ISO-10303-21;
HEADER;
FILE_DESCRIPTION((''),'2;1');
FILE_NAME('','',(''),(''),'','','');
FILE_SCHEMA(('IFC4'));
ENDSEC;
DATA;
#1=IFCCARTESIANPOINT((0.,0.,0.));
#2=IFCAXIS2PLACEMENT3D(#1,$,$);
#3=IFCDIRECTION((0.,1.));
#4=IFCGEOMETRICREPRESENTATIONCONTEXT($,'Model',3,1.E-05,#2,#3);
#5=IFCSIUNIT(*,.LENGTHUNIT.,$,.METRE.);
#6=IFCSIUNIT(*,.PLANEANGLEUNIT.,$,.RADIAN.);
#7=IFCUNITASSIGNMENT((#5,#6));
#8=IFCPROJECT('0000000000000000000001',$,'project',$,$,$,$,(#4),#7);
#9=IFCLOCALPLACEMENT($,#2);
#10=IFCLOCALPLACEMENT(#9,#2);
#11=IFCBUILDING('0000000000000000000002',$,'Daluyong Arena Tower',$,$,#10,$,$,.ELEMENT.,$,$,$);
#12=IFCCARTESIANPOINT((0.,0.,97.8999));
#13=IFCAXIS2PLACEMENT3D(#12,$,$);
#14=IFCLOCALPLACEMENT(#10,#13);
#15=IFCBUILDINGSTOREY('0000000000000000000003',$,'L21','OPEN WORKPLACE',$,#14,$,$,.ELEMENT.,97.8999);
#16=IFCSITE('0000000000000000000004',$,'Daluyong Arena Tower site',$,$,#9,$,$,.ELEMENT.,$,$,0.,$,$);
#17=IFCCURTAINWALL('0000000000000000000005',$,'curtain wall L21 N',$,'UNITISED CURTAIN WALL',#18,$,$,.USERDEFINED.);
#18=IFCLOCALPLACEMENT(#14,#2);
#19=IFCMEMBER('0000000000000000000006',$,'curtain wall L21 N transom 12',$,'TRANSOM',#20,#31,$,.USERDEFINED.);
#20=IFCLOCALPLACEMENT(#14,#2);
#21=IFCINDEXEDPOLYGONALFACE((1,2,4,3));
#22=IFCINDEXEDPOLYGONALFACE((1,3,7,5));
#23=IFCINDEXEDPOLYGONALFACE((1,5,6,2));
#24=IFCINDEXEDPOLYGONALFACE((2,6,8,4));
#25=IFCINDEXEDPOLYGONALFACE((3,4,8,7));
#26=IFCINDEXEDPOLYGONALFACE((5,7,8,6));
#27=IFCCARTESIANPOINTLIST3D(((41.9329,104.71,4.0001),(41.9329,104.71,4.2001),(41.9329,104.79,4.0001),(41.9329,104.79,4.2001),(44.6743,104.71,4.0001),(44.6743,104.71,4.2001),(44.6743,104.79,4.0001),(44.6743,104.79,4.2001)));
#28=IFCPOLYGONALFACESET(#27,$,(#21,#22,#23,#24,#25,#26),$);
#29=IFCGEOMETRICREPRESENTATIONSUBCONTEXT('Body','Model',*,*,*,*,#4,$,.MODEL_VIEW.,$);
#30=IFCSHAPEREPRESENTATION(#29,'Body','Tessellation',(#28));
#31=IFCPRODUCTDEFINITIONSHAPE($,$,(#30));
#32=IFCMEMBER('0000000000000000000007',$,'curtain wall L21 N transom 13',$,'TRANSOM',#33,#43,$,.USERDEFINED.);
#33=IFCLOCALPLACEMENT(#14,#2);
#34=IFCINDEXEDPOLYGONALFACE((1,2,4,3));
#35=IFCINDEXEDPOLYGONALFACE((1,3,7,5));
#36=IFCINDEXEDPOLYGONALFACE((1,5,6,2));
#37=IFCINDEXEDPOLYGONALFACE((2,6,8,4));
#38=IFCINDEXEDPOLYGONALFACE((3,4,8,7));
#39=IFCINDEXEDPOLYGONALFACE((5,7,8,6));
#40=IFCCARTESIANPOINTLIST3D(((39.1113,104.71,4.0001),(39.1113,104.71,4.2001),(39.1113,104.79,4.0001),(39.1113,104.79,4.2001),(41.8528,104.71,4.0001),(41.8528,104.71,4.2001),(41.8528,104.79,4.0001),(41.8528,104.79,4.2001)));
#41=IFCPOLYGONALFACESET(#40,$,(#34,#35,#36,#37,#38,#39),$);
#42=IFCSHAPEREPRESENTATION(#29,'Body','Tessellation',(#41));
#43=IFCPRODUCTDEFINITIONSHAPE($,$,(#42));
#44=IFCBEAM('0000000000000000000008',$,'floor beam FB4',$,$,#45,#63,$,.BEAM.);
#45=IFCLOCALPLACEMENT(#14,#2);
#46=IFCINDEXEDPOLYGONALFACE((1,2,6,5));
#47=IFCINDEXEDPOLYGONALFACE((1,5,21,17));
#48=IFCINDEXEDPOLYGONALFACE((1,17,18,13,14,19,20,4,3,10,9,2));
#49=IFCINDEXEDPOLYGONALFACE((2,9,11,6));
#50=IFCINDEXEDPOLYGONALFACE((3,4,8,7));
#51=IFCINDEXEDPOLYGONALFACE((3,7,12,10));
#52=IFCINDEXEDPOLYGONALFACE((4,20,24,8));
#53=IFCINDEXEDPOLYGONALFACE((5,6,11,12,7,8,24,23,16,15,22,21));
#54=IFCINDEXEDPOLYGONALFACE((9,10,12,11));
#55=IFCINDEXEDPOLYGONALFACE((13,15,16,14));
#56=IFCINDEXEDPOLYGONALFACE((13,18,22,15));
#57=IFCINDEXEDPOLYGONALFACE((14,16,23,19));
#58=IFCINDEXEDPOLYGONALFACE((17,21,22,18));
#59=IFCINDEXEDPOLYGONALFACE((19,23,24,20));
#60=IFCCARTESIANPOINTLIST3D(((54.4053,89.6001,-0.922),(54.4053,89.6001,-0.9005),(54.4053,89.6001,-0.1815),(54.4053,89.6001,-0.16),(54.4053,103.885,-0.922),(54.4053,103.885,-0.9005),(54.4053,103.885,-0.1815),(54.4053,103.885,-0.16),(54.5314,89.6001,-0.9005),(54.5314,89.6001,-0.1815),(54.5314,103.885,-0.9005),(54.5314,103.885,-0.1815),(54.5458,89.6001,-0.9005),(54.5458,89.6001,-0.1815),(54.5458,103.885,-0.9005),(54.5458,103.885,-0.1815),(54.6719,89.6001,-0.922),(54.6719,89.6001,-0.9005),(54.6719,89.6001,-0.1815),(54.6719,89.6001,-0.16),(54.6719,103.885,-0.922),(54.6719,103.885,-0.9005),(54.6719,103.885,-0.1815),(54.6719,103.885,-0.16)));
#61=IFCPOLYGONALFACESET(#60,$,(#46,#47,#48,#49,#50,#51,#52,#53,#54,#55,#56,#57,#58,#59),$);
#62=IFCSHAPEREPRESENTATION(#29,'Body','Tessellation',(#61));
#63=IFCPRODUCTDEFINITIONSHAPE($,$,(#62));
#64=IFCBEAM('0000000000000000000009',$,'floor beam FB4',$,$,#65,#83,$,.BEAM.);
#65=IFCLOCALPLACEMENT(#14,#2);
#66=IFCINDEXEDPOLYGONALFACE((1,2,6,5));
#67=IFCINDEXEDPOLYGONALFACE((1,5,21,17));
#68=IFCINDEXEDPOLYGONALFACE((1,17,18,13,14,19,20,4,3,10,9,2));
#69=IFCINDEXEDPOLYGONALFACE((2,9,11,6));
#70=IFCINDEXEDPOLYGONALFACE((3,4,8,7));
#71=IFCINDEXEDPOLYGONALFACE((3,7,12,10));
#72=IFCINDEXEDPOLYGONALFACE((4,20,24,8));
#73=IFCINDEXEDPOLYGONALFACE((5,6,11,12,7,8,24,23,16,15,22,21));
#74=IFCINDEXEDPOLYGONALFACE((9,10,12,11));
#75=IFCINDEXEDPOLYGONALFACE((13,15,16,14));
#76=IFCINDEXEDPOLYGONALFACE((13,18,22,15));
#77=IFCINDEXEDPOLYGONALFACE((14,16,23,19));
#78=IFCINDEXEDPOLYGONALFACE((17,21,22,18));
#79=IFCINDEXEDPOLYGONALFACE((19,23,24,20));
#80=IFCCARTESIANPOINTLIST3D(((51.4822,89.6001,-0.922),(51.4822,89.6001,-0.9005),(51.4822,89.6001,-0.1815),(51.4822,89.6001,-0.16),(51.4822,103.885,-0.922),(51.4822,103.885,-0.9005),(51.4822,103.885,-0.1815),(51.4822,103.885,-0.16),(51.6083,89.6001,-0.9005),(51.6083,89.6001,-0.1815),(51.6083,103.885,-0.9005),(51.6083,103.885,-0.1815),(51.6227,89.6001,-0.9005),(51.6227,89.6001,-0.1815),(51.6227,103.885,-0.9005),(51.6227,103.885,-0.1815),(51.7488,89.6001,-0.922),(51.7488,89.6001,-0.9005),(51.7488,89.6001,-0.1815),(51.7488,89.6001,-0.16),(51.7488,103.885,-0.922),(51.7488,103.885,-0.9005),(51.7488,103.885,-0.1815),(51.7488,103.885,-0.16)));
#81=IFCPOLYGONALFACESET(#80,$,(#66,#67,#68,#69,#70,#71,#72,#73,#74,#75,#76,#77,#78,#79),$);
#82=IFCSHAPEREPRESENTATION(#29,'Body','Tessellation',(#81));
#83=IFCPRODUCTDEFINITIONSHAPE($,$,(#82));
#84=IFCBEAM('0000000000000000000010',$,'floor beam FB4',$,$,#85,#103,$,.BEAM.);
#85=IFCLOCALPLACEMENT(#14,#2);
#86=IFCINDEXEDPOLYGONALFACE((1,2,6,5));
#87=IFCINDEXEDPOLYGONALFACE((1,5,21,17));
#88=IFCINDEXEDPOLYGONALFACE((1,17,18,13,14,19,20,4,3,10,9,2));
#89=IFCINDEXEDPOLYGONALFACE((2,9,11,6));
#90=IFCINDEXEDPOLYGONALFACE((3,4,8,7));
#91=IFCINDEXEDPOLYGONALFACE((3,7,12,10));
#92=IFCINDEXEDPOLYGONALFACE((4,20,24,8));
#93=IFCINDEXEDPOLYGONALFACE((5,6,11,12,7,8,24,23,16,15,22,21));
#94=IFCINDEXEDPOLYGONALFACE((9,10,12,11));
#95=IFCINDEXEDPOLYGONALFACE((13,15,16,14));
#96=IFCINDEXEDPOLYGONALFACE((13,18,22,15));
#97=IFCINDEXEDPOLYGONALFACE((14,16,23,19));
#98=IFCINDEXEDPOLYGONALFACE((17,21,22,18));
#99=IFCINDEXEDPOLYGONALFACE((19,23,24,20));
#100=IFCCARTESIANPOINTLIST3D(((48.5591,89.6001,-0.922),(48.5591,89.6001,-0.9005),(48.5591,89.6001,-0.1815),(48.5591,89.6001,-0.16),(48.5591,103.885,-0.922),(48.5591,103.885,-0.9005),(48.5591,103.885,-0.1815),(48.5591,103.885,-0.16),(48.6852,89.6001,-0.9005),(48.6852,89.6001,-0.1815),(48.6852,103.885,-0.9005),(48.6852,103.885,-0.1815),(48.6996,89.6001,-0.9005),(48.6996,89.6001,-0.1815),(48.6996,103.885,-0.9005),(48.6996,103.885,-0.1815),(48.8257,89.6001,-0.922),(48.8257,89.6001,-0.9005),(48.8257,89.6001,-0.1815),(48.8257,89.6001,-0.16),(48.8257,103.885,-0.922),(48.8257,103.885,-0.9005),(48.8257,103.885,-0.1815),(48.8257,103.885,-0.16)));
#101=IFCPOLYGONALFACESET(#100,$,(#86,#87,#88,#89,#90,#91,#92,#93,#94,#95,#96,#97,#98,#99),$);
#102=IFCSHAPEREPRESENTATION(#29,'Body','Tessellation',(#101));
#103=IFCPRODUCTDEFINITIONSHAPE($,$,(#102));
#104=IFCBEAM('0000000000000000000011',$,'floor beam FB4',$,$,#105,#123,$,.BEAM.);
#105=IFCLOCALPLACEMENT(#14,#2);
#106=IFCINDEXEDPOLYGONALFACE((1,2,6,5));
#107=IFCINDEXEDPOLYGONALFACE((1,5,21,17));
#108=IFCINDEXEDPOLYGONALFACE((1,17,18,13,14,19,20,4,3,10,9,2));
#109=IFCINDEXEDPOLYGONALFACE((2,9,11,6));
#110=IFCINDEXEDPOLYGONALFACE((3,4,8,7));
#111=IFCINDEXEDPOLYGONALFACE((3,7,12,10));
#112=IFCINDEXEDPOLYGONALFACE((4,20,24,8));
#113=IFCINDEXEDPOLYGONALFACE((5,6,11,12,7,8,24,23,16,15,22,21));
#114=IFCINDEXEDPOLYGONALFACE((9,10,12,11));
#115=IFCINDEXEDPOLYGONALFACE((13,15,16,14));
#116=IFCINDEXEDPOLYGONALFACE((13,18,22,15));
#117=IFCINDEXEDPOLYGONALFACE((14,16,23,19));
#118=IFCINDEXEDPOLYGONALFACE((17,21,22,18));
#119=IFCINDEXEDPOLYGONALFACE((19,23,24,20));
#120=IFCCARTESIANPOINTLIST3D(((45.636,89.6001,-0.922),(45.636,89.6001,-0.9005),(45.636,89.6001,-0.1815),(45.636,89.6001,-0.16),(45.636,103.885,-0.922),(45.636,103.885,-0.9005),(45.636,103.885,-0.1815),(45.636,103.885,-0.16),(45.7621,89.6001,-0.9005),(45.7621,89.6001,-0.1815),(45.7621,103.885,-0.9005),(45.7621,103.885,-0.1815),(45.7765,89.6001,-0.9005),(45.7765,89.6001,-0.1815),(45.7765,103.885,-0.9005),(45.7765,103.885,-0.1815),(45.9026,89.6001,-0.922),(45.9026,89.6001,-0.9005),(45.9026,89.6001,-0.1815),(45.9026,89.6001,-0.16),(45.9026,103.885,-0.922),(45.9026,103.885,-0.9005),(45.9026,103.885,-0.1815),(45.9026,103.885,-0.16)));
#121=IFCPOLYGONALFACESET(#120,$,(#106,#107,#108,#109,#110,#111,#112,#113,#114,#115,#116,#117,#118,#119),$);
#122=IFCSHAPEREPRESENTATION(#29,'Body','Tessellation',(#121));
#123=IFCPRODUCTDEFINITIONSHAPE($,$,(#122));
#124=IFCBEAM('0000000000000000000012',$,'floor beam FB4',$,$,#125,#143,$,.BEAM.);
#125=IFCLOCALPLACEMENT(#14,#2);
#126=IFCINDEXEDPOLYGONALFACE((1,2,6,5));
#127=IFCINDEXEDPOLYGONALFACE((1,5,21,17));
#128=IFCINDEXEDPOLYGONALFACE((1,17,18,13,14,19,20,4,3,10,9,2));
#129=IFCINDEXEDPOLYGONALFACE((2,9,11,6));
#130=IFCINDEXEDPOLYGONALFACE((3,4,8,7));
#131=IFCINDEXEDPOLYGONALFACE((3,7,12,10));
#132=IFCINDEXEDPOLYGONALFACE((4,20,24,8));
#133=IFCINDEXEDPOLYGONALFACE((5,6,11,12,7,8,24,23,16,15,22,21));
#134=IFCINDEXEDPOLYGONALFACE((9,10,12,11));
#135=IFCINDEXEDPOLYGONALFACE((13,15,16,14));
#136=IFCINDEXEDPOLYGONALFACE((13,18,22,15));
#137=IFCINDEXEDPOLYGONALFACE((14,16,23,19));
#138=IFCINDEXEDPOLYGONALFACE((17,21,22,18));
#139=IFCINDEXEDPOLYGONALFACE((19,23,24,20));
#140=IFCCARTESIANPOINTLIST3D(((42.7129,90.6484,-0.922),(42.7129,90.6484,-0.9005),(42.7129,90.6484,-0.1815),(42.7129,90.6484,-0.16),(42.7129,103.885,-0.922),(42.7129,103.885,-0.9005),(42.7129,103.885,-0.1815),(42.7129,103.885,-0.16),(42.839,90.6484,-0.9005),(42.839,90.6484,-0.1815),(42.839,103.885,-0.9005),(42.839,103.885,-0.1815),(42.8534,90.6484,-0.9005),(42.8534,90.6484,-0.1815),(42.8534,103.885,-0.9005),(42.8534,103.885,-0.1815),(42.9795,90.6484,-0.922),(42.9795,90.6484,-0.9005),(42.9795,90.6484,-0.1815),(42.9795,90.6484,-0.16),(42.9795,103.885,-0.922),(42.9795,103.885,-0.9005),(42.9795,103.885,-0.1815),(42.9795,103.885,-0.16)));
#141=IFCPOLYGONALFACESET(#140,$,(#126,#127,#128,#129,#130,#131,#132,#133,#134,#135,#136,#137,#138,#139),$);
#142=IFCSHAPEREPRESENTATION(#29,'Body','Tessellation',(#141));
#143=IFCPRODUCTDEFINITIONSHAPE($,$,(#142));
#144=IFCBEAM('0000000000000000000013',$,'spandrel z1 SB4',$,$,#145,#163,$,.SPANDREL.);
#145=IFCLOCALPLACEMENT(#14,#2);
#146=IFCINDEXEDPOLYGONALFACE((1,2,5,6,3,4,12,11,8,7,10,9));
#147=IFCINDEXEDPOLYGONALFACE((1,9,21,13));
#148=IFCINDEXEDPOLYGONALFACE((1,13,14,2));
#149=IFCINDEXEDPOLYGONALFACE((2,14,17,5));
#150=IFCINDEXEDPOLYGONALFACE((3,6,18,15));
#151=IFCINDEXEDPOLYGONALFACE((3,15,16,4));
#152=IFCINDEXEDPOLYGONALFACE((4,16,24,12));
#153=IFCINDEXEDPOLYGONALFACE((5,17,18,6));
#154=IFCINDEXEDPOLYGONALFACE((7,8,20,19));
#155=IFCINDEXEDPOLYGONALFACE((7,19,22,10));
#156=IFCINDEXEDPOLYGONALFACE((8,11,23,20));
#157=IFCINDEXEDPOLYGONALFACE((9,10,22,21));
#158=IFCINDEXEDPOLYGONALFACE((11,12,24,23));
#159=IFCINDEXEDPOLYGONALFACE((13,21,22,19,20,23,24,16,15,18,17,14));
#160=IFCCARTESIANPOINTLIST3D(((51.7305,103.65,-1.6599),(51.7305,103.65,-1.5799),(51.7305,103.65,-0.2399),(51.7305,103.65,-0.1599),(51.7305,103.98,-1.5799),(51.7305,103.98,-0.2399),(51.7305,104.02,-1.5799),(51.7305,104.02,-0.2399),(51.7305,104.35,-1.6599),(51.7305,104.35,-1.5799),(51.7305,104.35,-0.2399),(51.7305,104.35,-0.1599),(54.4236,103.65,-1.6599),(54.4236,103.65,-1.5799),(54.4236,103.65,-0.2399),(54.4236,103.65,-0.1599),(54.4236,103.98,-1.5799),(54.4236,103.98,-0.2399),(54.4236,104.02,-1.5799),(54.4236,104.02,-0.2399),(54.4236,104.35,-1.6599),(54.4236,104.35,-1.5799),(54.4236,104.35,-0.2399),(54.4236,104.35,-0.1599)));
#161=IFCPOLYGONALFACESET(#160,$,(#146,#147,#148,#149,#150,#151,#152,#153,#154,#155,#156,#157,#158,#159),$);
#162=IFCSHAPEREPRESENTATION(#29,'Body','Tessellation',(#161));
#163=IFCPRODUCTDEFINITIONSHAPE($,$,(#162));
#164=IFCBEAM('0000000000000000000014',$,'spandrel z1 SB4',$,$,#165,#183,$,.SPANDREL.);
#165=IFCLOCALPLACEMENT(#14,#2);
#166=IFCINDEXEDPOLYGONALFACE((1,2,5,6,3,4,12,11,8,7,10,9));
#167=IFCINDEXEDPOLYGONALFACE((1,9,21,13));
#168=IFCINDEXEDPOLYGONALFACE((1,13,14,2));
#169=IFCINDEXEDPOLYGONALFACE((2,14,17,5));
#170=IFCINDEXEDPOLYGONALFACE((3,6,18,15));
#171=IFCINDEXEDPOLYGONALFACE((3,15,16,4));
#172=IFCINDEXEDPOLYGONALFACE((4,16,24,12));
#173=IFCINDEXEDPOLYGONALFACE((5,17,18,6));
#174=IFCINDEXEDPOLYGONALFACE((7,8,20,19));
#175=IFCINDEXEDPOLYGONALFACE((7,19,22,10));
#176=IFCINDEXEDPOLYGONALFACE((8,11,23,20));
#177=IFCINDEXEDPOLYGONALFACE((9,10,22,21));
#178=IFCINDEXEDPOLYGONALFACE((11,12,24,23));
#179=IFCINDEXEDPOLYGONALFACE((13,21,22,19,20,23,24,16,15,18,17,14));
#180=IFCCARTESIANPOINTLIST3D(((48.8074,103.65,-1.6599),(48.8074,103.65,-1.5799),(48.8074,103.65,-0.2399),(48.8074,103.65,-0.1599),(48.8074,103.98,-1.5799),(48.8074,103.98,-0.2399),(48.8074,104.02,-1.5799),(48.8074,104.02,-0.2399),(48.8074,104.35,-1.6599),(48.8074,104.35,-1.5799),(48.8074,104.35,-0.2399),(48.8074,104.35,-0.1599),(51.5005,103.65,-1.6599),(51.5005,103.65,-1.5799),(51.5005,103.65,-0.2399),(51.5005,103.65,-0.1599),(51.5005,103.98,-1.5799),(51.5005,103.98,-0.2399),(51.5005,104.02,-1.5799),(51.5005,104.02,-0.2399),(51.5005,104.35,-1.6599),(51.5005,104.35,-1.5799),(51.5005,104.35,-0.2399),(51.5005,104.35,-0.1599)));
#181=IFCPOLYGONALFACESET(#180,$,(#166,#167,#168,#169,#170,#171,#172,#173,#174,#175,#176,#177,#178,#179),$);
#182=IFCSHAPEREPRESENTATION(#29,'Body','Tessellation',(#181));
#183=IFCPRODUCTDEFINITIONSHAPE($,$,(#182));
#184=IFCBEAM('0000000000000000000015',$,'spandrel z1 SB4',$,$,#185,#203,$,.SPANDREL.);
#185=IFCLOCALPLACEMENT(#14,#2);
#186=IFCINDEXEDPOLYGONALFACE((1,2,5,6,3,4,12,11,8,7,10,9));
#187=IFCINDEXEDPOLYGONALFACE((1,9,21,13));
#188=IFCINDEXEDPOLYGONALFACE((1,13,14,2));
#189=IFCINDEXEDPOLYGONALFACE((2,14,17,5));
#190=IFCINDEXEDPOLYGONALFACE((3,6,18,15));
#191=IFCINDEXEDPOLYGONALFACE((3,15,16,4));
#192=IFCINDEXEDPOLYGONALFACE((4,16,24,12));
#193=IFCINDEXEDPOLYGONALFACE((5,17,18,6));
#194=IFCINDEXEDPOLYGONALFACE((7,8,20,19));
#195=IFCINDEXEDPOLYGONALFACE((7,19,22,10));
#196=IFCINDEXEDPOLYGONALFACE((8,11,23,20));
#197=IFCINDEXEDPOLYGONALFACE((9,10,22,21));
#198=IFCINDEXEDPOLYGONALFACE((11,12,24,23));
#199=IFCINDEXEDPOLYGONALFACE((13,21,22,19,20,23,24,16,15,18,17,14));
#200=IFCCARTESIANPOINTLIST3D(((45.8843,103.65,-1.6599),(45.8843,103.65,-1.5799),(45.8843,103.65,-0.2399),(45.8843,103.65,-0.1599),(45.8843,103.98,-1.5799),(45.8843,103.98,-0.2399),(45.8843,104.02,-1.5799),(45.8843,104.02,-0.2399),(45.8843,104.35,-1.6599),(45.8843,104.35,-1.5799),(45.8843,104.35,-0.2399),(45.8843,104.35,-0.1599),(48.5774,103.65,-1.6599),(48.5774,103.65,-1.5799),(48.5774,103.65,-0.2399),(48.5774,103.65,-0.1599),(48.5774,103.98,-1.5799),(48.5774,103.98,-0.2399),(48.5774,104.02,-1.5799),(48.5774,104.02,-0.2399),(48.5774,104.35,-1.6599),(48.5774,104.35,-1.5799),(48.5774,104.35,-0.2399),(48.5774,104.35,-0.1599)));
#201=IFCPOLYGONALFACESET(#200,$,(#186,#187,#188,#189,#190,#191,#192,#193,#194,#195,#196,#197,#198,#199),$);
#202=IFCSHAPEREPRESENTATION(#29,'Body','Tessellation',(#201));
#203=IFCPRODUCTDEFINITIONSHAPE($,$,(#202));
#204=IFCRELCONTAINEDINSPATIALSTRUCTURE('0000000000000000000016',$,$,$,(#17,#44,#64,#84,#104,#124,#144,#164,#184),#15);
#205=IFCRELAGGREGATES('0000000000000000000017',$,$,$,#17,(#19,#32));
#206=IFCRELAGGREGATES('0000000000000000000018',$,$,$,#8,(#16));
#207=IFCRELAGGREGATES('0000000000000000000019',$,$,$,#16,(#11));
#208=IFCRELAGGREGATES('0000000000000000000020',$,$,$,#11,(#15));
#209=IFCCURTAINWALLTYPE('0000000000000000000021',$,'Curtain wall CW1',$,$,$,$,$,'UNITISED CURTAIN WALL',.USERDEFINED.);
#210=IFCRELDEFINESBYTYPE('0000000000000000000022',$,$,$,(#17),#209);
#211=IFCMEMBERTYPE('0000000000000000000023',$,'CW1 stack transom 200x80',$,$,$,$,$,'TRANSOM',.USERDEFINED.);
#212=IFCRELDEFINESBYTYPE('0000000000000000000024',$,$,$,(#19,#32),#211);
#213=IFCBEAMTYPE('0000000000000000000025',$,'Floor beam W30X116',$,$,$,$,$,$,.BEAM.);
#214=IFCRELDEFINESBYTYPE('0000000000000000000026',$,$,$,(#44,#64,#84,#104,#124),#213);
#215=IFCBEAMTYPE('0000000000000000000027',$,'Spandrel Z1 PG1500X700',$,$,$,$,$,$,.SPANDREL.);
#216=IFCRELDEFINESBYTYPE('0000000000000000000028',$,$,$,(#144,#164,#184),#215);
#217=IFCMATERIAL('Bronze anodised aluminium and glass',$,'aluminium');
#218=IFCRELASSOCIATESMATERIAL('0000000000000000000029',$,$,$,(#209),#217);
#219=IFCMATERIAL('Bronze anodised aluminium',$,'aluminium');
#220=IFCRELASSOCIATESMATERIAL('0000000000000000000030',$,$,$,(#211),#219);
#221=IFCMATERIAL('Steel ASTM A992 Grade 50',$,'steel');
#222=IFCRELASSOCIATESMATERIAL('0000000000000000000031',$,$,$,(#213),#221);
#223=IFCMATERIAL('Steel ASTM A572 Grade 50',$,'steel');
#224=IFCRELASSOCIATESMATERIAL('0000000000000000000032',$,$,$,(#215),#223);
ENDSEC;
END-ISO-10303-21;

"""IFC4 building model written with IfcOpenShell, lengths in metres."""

from ifc_helpers import new_model, si_unit, direction, frame, origin, origin_2d, place, context, subcontext, project, spatial, rectangle, i_section, extrude, material, material_profile, profile_set, type_object, element, aggregate, save


model = new_model("IFC4")

# Units and contexts
model_context = context("Model", 3, precision=1e-05, world=origin(), true_north=direction((0.0, 1.0)))
body_context = subcontext(model_context, "Body", "Model", "MODEL_VIEW")
ifc_project = project(units=[si_unit("LENGTHUNIT", "METRE"), si_unit("PLANEANGLEUNIT", "RADIAN")], contexts=[model_context])

# Site, building, storey
site_placement = place(None, origin())
site = spatial("IfcSite", under=ifc_project, at=site_placement, Name="Daluyong Arena Tower site", CompositionType="ELEMENT", RefElevation=0.0)
building_placement = place(site_placement, origin())
building = spatial("IfcBuilding", under=site, at=building_placement, Name="Daluyong Arena Tower", CompositionType="ELEMENT")
storey_placement = place(building_placement, frame((0.0, 0.0, 97.8999)))
storey = spatial("IfcBuildingStorey", under=building, at=storey_placement, Name="L21", Description="OPEN WORKPLACE", CompositionType="ELEMENT", Elevation=97.8999)

# Curtain wall, members
ifc_material_1 = material(Name="Bronze anodised aluminium and glass", Category="aluminium")
curtain_wall_type = type_object("IfcCurtainWallType", Name="Curtain wall CW1", ElementType="UNITISED CURTAIN WALL", PredefinedType="USERDEFINED", material=ifc_material_1)
curtain_wall_placement = place(storey_placement, origin())
curtain_wall = element("IfcCurtainWall", 1, at=curtain_wall_placement, inside=storey, type_object=curtain_wall_type, Name="curtain wall L21 N", ObjectType="UNITISED CURTAIN WALL", PredefinedType="USERDEFINED")
ifc_material_2 = material(Name="Bronze anodised aluminium", Category="aluminium")
ifc_material_profile_1 = material_profile(ifc_material_2, rectangle(XDim=0.0801, YDim=0.2, at=origin_2d()))
ifc_profile_set_1 = profile_set([ifc_material_profile_1], Name="Bronze anodised aluminium")
member_type_1 = type_object("IfcMemberType", Name="CW1 stack transom 200x80", ElementType="TRANSOM", PredefinedType="USERDEFINED", material=ifc_profile_set_1)
member_1_placement = place(storey_placement, frame((44.6743, 104.75, 4.1001), z_axis=(-1.0, 0.0, 0.0), x_axis=(0.0, -1.0, 0.0)))
member_1 = element("IfcMember", 2, at=member_1_placement, type_object=member_type_1, Name="curtain wall L21 N transom 12", ObjectType="TRANSOM", PredefinedType="USERDEFINED", context=body_context, shape_type="SweptSolid", body=[
    extrude(rectangle(XDim=0.0801, YDim=0.2, at=origin_2d()), origin(), (0.0, 0.0, 1.0), 2.7415),
])
member_2_placement = place(storey_placement, frame((41.8528, 104.75, 4.1001), z_axis=(-1.0, 0.0, 0.0), x_axis=(0.0, -1.0, 0.0)))
member_2 = element("IfcMember", 3, at=member_2_placement, type_object=member_type_1, Name="curtain wall L21 N transom 13", ObjectType="TRANSOM", PredefinedType="USERDEFINED", context=body_context, shape_type="SweptSolid", body=[
    extrude(rectangle(XDim=0.0801, YDim=0.2, at=origin_2d()), origin(), (0.0, 0.0, 1.0), 2.7415),
])

# Beams
ifc_material_3 = material(Name="Steel ASTM A992 Grade 50", Category="steel")
ifc_material_profile_2 = material_profile(ifc_material_3, i_section(OverallWidth=0.2666, OverallDepth=0.762, WebThickness=0.0144, FlangeThickness=0.0215, at=origin_2d()))
ifc_profile_set_2 = profile_set([ifc_material_profile_2], Name="Steel ASTM A992 Grade 50")
beam_type_1 = type_object("IfcBeamType", Name="Floor beam W30X116", PredefinedType="BEAM", material=ifc_profile_set_2)
for number, where, z_axis, x_axis, name in (
    (4, (54.5386, 103.885, -0.541), (0.0, -1.0, 0.0), (1.0, 0.0, 0.0), "floor beam FB4"),
    (5, (51.6155, 103.885, -0.541), (0.0, -1.0, 0.0), (1.0, 0.0, 0.0), "floor beam FB4"),
    (6, (48.6924, 103.885, -0.541), (0.0, -1.0, 0.0), (1.0, 0.0, 0.0), "floor beam FB4"),
    (7, (45.7693, 103.885, -0.541), (0.0, -1.0, 0.0), (1.0, 0.0, 0.0), "floor beam FB4"),
):
    element("IfcBeam", number, at=place(storey_placement, frame(where, z_axis=z_axis, x_axis=x_axis)), inside=storey, type_object=beam_type_1, Name=name, PredefinedType="BEAM", context=body_context, shape_type="SweptSolid", body=[
        extrude(i_section(OverallWidth=0.2666, OverallDepth=0.762, WebThickness=0.0144, FlangeThickness=0.0215, at=origin_2d()), origin(), (0.0, 0.0, 1.0), 14.2849),
    ])
beam_placement = place(storey_placement, frame((42.8462, 103.885, -0.541), z_axis=(0.0, -1.0, 0.0), x_axis=(1.0, 0.0, 0.0)))
element("IfcBeam", 8, at=beam_placement, inside=storey, type_object=beam_type_1, Name="floor beam FB4", PredefinedType="BEAM", context=body_context, shape_type="SweptSolid", body=[
    extrude(i_section(OverallWidth=0.2666, OverallDepth=0.762, WebThickness=0.0144, FlangeThickness=0.0215, at=origin_2d()), origin(), (0.0, 0.0, 1.0), 13.2366),
])
ifc_material_4 = material(Name="Steel ASTM A572 Grade 50", Category="steel")
ifc_material_profile_3 = material_profile(ifc_material_4, i_section(OverallWidth=0.7, OverallDepth=1.5, WebThickness=0.04, FlangeThickness=0.08, at=origin_2d()))
ifc_profile_set_3 = profile_set([ifc_material_profile_3], Name="Steel ASTM A572 Grade 50")
beam_type_2 = type_object("IfcBeamType", Name="Spandrel Z1 PG1500X700", PredefinedType="SPANDREL", material=ifc_profile_set_3)
for number, where, z_axis, x_axis, name in (
    (9, (54.4236, 104.0, -0.9099), (-1.0, 0.0, 0.0), (0.0, -1.0, 0.0), "spandrel z1 SB4"),
    (10, (51.5005, 104.0, -0.9099), (-1.0, 0.0, 0.0), (0.0, -1.0, 0.0), "spandrel z1 SB4"),
    (11, (48.5774, 104.0, -0.9099), (-1.0, 0.0, 0.0), (0.0, -1.0, 0.0), "spandrel z1 SB4"),
):
    element("IfcBeam", number, at=place(storey_placement, frame(where, z_axis=z_axis, x_axis=x_axis)), inside=storey, type_object=beam_type_2, Name=name, PredefinedType="SPANDREL", context=body_context, shape_type="SweptSolid", body=[
        extrude(i_section(OverallWidth=0.7, OverallDepth=1.5, WebThickness=0.04, FlangeThickness=0.08, at=origin_2d()), origin(), (0.0, 0.0, 1.0), 2.6931),
    ])

aggregate(curtain_wall, [member_1, member_2])

save(model, "model.ifc")
